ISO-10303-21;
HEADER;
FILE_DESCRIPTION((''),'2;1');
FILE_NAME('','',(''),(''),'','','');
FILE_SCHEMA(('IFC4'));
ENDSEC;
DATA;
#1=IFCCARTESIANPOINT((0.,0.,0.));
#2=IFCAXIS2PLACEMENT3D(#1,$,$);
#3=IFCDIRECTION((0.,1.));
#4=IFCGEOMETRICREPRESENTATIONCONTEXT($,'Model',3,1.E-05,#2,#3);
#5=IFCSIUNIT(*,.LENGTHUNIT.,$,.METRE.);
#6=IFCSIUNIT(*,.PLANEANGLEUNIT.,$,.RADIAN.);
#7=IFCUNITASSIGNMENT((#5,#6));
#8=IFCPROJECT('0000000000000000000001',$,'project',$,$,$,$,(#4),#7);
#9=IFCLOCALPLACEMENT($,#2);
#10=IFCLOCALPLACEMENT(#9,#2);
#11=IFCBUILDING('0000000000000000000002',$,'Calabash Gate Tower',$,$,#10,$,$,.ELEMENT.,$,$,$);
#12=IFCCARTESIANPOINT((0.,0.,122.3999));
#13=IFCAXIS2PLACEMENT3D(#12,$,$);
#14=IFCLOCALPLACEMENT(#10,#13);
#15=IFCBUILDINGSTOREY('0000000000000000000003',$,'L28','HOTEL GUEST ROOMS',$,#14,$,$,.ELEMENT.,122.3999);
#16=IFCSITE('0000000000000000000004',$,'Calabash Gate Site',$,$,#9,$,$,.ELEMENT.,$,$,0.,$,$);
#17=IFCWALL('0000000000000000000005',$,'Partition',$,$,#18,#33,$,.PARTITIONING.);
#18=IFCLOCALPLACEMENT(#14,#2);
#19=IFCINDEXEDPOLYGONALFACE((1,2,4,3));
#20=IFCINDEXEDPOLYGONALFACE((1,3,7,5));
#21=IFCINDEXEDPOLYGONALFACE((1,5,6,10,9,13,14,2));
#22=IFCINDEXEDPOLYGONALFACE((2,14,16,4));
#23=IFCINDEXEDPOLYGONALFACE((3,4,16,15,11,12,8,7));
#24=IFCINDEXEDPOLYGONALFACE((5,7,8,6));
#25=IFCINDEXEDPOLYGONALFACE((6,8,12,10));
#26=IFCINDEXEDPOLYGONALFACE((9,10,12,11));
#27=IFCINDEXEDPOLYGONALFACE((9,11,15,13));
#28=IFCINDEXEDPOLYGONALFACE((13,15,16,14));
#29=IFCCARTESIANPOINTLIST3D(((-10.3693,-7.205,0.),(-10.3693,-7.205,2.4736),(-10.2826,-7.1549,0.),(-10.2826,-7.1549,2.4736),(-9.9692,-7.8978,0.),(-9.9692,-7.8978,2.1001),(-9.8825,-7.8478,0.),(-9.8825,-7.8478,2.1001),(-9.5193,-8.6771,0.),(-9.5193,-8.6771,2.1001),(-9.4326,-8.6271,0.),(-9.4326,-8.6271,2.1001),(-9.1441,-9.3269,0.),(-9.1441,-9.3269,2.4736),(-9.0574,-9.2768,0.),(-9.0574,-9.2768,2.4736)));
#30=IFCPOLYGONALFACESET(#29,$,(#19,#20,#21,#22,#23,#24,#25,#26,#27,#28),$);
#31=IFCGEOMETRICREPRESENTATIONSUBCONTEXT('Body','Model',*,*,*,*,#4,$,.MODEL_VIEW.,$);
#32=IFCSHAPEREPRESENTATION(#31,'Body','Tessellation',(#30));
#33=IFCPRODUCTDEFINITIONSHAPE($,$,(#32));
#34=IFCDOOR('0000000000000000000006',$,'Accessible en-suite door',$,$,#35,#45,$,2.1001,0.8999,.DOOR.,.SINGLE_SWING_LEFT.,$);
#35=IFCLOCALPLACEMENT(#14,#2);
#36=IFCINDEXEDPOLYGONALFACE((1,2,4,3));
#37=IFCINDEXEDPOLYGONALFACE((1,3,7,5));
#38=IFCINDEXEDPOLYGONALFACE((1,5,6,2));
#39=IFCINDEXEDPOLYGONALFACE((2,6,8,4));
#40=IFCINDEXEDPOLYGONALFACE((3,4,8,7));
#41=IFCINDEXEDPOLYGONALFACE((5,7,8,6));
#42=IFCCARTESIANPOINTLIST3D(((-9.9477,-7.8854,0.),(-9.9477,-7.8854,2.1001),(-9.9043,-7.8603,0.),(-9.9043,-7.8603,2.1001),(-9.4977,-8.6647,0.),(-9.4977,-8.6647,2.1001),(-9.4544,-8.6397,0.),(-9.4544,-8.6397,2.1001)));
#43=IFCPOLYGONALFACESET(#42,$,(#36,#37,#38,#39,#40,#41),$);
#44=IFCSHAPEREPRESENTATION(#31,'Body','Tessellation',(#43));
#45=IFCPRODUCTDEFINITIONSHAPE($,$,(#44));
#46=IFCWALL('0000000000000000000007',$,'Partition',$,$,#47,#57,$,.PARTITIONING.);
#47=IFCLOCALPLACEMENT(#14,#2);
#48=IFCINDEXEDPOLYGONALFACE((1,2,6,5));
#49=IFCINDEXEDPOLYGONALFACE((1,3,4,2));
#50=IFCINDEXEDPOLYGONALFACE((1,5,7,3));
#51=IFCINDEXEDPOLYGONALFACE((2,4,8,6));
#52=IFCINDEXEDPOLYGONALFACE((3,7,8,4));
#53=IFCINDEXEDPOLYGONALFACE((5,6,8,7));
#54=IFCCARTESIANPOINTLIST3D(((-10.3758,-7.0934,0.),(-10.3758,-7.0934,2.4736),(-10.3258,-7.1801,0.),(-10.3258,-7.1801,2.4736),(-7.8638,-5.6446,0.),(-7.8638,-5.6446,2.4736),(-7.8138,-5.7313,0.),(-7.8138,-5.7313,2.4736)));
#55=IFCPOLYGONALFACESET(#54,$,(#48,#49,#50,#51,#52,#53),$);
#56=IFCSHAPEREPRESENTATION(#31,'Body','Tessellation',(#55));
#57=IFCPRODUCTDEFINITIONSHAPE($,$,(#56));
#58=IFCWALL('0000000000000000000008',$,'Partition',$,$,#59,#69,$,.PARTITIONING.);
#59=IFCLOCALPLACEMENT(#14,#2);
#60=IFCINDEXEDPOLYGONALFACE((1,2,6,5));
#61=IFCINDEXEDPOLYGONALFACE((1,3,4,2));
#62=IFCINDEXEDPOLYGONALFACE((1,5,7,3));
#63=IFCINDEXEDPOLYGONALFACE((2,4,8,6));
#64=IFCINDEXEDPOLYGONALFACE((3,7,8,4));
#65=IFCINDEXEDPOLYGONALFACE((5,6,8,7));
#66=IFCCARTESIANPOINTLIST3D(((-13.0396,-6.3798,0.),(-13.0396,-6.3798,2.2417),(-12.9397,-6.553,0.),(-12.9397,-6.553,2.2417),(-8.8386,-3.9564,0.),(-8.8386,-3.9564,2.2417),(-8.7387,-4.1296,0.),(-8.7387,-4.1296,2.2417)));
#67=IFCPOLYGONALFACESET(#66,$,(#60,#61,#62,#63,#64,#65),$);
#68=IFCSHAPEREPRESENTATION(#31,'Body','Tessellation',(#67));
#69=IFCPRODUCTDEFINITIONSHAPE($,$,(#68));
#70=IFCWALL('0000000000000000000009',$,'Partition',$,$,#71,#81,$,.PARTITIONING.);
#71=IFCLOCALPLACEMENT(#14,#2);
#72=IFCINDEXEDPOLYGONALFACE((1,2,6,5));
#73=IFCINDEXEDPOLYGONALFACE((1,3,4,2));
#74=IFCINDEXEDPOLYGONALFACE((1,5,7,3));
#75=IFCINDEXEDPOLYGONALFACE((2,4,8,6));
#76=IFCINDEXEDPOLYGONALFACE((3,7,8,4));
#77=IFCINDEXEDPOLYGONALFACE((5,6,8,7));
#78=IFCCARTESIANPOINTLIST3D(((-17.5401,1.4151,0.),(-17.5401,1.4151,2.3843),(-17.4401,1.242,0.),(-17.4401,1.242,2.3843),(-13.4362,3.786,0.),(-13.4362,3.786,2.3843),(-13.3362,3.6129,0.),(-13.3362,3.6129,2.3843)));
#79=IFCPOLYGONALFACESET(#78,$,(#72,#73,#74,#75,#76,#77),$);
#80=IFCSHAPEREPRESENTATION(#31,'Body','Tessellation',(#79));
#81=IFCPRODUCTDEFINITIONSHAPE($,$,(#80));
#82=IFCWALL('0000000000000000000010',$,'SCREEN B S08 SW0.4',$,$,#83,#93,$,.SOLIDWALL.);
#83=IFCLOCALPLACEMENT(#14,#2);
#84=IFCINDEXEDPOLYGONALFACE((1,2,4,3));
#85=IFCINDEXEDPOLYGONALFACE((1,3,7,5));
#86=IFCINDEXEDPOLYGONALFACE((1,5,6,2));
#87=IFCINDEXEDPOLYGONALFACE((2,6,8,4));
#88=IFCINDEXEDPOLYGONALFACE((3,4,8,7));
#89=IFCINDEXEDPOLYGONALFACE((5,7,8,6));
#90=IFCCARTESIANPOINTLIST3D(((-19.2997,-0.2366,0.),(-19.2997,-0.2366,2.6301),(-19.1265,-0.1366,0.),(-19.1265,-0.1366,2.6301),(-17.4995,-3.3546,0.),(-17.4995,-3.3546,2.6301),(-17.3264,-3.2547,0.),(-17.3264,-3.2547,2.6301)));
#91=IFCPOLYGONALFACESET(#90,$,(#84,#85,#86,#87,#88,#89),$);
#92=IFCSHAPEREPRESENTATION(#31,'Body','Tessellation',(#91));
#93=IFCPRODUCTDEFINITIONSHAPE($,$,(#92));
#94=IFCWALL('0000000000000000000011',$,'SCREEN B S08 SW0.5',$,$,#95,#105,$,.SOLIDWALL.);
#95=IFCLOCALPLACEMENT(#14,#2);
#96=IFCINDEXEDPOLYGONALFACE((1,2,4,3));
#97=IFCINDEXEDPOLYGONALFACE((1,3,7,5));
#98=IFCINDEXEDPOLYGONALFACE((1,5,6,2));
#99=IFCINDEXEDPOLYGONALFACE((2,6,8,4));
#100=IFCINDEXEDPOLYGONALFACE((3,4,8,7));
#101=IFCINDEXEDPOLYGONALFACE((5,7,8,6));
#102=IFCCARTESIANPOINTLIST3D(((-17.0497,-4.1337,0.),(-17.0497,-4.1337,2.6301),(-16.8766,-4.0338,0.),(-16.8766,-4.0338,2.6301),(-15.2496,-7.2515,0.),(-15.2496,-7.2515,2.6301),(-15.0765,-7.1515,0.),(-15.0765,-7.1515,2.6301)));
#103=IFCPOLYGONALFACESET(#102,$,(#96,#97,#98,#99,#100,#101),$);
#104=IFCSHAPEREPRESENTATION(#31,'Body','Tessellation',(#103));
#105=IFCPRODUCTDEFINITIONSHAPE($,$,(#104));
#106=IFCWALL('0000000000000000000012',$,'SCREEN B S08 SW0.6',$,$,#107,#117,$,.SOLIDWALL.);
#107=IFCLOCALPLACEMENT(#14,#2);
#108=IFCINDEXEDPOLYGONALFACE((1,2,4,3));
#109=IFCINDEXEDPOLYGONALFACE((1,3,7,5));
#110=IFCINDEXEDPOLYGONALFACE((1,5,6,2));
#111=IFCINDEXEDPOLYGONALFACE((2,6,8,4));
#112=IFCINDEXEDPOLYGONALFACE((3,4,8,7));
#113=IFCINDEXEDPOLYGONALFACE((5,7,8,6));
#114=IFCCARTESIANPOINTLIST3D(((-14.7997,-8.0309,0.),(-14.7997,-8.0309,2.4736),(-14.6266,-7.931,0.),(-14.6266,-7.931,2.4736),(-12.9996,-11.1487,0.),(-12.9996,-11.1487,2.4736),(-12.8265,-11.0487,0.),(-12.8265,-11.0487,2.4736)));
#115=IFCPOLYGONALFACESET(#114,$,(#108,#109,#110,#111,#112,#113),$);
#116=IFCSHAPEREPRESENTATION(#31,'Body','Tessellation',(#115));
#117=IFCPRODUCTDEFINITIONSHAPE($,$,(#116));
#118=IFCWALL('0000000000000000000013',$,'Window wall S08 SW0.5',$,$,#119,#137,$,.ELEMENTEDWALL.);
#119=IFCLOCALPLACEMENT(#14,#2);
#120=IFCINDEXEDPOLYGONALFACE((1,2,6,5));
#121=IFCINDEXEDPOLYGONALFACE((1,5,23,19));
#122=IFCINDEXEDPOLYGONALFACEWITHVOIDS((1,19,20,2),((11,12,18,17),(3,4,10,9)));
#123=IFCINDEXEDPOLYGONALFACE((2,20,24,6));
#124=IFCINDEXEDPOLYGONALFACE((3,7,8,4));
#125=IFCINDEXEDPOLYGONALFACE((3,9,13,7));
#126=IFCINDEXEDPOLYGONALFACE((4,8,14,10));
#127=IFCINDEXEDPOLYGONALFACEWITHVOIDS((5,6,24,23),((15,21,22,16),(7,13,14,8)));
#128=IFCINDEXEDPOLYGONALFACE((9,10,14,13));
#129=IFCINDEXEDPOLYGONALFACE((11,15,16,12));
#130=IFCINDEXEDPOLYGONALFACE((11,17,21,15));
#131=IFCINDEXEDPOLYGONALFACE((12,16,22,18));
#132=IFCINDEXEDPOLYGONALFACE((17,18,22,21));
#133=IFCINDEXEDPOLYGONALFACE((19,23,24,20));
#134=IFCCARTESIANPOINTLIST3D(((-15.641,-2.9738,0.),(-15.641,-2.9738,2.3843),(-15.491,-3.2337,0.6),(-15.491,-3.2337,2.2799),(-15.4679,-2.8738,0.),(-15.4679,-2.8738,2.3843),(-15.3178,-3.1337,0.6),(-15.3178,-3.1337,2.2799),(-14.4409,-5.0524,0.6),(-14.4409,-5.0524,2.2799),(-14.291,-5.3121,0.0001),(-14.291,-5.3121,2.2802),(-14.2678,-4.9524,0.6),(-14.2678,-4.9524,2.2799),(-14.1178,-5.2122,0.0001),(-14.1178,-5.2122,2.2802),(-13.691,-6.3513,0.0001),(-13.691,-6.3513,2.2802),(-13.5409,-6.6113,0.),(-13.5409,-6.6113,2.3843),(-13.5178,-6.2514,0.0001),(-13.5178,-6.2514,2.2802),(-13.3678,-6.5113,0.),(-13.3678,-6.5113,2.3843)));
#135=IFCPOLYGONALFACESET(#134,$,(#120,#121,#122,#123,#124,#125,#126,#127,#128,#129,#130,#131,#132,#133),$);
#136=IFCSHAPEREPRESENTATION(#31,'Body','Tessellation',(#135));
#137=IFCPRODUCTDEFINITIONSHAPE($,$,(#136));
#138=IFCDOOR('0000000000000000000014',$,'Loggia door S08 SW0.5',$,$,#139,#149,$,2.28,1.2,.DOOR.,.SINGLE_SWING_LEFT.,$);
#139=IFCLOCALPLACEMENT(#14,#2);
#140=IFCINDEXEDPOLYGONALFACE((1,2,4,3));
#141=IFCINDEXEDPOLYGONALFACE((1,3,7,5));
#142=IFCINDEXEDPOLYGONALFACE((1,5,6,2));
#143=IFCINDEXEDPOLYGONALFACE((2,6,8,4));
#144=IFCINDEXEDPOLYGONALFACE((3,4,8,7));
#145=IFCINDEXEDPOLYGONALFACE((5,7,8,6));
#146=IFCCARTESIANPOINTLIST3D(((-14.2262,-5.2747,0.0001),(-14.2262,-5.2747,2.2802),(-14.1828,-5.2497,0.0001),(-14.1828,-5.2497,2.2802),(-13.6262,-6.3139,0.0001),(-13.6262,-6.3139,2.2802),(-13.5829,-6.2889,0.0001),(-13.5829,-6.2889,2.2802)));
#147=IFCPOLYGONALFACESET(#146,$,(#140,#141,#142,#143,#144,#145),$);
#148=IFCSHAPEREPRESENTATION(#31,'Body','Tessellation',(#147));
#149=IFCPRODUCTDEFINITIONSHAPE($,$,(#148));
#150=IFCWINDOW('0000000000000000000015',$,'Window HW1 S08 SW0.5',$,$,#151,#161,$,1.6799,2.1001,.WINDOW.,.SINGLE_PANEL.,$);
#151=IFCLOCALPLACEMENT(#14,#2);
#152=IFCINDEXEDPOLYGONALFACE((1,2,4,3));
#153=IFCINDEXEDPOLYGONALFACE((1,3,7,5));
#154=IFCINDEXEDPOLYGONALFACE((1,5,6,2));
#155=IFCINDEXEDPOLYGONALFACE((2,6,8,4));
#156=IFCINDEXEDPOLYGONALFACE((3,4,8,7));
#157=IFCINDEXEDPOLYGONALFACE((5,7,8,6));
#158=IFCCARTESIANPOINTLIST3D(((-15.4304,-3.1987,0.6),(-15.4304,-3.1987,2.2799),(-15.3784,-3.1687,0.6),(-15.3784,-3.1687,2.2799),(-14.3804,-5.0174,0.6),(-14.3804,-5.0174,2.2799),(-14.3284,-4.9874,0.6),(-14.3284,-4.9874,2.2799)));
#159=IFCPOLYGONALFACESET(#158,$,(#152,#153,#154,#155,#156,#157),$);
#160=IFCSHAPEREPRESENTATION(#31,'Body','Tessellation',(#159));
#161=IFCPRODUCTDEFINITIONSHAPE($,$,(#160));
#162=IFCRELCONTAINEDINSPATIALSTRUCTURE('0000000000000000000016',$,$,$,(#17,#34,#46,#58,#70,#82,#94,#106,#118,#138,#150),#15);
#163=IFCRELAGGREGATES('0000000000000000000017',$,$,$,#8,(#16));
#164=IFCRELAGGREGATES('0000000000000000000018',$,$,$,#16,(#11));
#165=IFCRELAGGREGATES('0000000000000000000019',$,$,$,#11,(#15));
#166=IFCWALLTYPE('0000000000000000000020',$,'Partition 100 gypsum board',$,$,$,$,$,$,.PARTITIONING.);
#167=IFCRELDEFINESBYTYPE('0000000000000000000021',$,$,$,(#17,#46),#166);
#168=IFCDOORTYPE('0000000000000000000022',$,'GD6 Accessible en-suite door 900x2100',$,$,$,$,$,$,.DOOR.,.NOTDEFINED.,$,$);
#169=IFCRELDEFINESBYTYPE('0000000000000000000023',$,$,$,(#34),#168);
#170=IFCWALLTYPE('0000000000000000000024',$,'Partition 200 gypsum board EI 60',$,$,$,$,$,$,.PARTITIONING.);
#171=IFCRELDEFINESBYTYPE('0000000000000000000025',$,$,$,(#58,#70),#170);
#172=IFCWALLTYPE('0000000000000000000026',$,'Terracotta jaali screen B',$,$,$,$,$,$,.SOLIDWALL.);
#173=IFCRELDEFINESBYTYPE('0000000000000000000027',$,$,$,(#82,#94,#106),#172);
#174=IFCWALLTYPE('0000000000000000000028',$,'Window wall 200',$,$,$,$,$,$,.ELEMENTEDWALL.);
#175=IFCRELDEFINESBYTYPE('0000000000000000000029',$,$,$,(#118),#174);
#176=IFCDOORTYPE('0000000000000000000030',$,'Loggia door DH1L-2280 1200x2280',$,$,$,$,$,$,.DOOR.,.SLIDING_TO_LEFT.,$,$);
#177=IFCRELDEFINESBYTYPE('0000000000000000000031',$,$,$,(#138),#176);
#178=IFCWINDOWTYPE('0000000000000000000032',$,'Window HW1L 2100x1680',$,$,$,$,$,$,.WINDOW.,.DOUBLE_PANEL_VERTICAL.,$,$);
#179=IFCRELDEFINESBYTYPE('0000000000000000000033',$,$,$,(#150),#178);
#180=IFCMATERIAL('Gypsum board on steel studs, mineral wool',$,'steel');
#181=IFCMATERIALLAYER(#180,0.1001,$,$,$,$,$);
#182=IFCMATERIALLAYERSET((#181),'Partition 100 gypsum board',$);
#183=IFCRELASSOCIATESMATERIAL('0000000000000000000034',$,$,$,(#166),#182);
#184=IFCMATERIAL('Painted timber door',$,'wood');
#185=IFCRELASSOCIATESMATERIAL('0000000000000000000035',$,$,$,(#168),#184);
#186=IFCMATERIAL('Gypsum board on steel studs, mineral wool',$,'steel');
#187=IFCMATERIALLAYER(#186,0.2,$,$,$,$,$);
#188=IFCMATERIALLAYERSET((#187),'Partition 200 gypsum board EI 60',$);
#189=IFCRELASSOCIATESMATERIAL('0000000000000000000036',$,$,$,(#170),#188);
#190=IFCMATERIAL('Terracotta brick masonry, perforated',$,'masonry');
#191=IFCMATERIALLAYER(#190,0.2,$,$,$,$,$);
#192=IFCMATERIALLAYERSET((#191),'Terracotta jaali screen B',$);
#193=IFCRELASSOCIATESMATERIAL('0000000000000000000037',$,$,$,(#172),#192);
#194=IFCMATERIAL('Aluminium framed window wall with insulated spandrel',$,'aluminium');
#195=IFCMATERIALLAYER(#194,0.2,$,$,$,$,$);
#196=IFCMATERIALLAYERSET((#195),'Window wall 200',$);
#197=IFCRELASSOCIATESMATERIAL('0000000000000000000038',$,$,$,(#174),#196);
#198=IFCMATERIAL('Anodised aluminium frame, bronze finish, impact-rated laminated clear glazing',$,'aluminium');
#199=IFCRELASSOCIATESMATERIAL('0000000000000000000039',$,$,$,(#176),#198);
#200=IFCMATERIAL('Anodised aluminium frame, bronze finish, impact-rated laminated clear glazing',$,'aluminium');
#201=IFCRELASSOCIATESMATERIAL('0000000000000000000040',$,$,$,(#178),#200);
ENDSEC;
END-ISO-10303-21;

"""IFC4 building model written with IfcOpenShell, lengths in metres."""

from ifc_helpers import new_model, si_unit, direction, frame, frame_2d, origin, place, context, subcontext, project, spatial, rectangle, extrude, material, layer, layer_set, type_object, element, fill, save


model = new_model("IFC4")

# Units and contexts
model_context = context("Model", 3, precision=1e-05, world=origin(), true_north=direction((0.0, 1.0)))
body_context = subcontext(model_context, "Body", "Model", "MODEL_VIEW")
ifc_project = project(units=[si_unit("LENGTHUNIT", "METRE"), si_unit("PLANEANGLEUNIT", "RADIAN")], contexts=[model_context])

# Site, building, storey
site_placement = place(None, origin())
site = spatial("IfcSite", under=ifc_project, at=site_placement, Name="Calabash Gate Site", CompositionType="ELEMENT", RefElevation=0.0)
building_placement = place(site_placement, origin())
building = spatial("IfcBuilding", under=site, at=building_placement, Name="Calabash Gate Tower", CompositionType="ELEMENT")
storey_placement = place(building_placement, frame((0.0, 0.0, 122.3999)))
storey = spatial("IfcBuildingStorey", under=building, at=storey_placement, Name="L28", Description="HOTEL GUEST ROOMS", CompositionType="ELEMENT", Elevation=122.3999)

# Wall, opening, door
ifc_material_1 = material(Name="Gypsum board on steel studs, mineral wool", Category="steel")
ifc_layer_1 = layer(ifc_material_1, 0.1001)
ifc_layer_set_1 = layer_set([ifc_layer_1], Name="Partition 100 gypsum board")
wall_type_1 = type_object("IfcWallType", Name="Partition 100 gypsum board", PredefinedType="PARTITIONING", material=ifc_layer_set_1)
wall_1_placement = place(storey_placement, frame((-10.3259, -7.1799, 0.0), z_axis=(0.0, 0.0, 1.0), x_axis=(0.500019, -0.866015, 0.0)))
wall_1 = element("IfcWall", 1, at=wall_1_placement, inside=storey, type_object=wall_type_1, Name="Partition", PredefinedType="PARTITIONING", context=body_context, shape_type="SweptSolid", body=[
    extrude(rectangle(XDim=2.4502, YDim=0.1001, at=frame_2d((1.2251, 0.0))), origin(), (0.0, 0.0, 1.0), 2.4736),
])
opening_1_placement = place(wall_1_placement, frame((0.8, 0.0, 0.0)))
opening_1 = element("IfcOpeningElement", 2, at=opening_1_placement, cuts=wall_1, PredefinedType="OPENING", context=body_context, shape_type="SweptSolid", body=[
    extrude(rectangle(XDim=0.8999, YDim=2.1001, at=frame_2d((0.45, 1.05))), frame((0.0, 0.0601, 0.0), z_axis=(0.0, -1.0, 0.0), x_axis=(1.0, 0.0, 0.0)), (0.0, 0.0, 1.0), 0.1201),
])
ifc_material_2 = material(Name="Painted timber door", Category="wood")
door_type_1 = type_object("IfcDoorType", Name="GD6 Accessible en-suite door 900x2100", OperationType="NOTDEFINED", PredefinedType="DOOR", material=ifc_material_2)
door_1_placement = place(opening_1_placement, origin())
door_1 = element("IfcDoor", 3, at=door_1_placement, inside=storey, type_object=door_type_1, Name="Accessible en-suite door", OperationType="SINGLE_SWING_LEFT", OverallHeight=2.1001, OverallWidth=0.8999, PredefinedType="DOOR", context=body_context, shape_type="SweptSolid", body=[
    extrude(rectangle(XDim=0.8999, YDim=2.1001, at=frame_2d((0.45, 1.05))), frame((0.0, 0.0249, 0.0), z_axis=(0.0, -1.0, 0.0), x_axis=(1.0, 0.0, 0.0)), (0.0, 0.0, 1.0), 0.05),
])
fill(opening_1, door_1)

# Walls
wall_2_placement = place(storey_placement, frame((-10.3508, -7.1367, 0.0), z_axis=(0.0, 0.0, 1.0), x_axis=(0.866257, 0.499599, 0.0)))
element("IfcWall", 4, at=wall_2_placement, inside=storey, type_object=wall_type_1, Name="Partition", PredefinedType="PARTITIONING", context=body_context, shape_type="SweptSolid", body=[
    extrude(rectangle(XDim=2.8999, YDim=0.1001, at=frame_2d((1.45, 0.0))), origin(), (0.0, 0.0, 1.0), 2.4736),
])
ifc_material_3 = material(Name="Gypsum board on steel studs, mineral wool", Category="steel")
ifc_layer_2 = layer(ifc_material_3, 0.2)
ifc_layer_set_2 = layer_set([ifc_layer_2], Name="Partition 200 gypsum board EI 60")
wall_type_2 = type_object("IfcWallType", Name="Partition 200 gypsum board EI 60", PredefinedType="PARTITIONING", material=ifc_layer_set_2)
wall_3_placement = place(storey_placement, frame((-12.9895, -6.4663, 0.0), z_axis=(0.0, 0.0, 1.0), x_axis=(0.86621, 0.49968, 0.0)))
element("IfcWall", 5, at=wall_3_placement, inside=storey, type_object=wall_type_2, Name="Partition", PredefinedType="PARTITIONING", context=body_context, shape_type="SweptSolid", body=[
    extrude(rectangle(XDim=4.8499, YDim=0.2, at=frame_2d((2.4248, 0.0))), origin(), (0.0, 0.0, 1.0), 2.2417),
])
wall_4_placement = place(storey_placement, frame((-17.49, 1.3286, 0.0), z_axis=(0.0, 0.0, 1.0), x_axis=(0.865884, 0.500244, 0.0)))
element("IfcWall", 6, at=wall_4_placement, inside=storey, type_object=wall_type_2, Name="Partition", PredefinedType="PARTITIONING", context=body_context, shape_type="SweptSolid", body=[
    extrude(rectangle(XDim=4.7395, YDim=0.2, at=frame_2d((2.3696, 0.0))), origin(), (0.0, 0.0, 1.0), 2.3843),
])
ifc_material_4 = material(Name="Terracotta brick masonry, perforated", Category="masonry")
ifc_layer_3 = layer(ifc_material_4, 0.2)
ifc_layer_set_3 = layer_set([ifc_layer_3], Name="Terracotta jaali screen B")
wall_type_3 = type_object("IfcWallType", Name="Terracotta jaali screen B", PredefinedType="SOLIDWALL", material=ifc_layer_set_3)
wall_5_placement = place(storey_placement, frame((-19.2131, -0.1865, 0.0), z_axis=(0.0, 0.0, 1.0), x_axis=(0.499983, -0.866035, 0.0)))
element("IfcWall", 7, at=wall_5_placement, inside=storey, type_object=wall_type_3, Name="SCREEN B S08 SW0.4", PredefinedType="SOLIDWALL", context=body_context, shape_type="SweptSolid", body=[
    extrude(rectangle(XDim=3.6003, YDim=0.2, at=frame_2d((1.8003, 0.0))), origin(), (0.0, 0.0, 1.0), 2.6301),
])
wall_6_placement = place(storey_placement, frame((-16.9631, -4.0837, 0.0), z_axis=(0.0, 0.0, 1.0), x_axis=(0.500012, -0.866018, 0.0)))
element("IfcWall", 8, at=wall_6_placement, inside=storey, type_object=wall_type_3, Name="SCREEN B S08 SW0.5", PredefinedType="SOLIDWALL", context=body_context, shape_type="SweptSolid", body=[
    extrude(rectangle(XDim=3.6001, YDim=0.2, at=frame_2d((1.8, 0.0))), origin(), (0.0, 0.0, 1.0), 2.6301),
])
wall_7_placement = place(storey_placement, frame((-14.7131, -7.981, 0.0), z_axis=(0.0, 0.0, 1.0), x_axis=(0.500012, -0.866018, 0.0)))
element("IfcWall", 9, at=wall_7_placement, inside=storey, type_object=wall_type_3, Name="SCREEN B S08 SW0.6", PredefinedType="SOLIDWALL", context=body_context, shape_type="SweptSolid", body=[
    extrude(rectangle(XDim=3.6001, YDim=0.2, at=frame_2d((1.8, 0.0))), origin(), (0.0, 0.0, 1.0), 2.4736),
])

# Wall, openings, door, window
ifc_material_5 = material(Name="Aluminium framed window wall with insulated spandrel", Category="aluminium")
ifc_layer_4 = layer(ifc_material_5, 0.2)
ifc_layer_set_4 = layer_set([ifc_layer_4], Name="Window wall 200")
wall_type_4 = type_object("IfcWallType", Name="Window wall 200", PredefinedType="ELEMENTEDWALL", material=ifc_layer_set_4)
wall_8_placement = place(storey_placement, frame((-15.5544, -2.9238, 0.0), z_axis=(0.0, 0.0, 1.0), x_axis=(0.500003, -0.866024, 0.0)))
wall_8 = element("IfcWall", 10, at=wall_8_placement, inside=storey, type_object=wall_type_4, Name="Window wall S08 SW0.5", PredefinedType="ELEMENTEDWALL", context=body_context, shape_type="SweptSolid", body=[
    extrude(rectangle(XDim=4.2002, YDim=0.2, at=frame_2d((2.1001, 0.0))), origin(), (0.0, 0.0, 1.0), 2.3843),
])
opening_2_placement = place(wall_8_placement, frame((0.3, 0.0, 0.6001)))
opening_2 = element("IfcOpeningElement", 11, at=opening_2_placement, cuts=wall_8, PredefinedType="OPENING", context=body_context, shape_type="SweptSolid", body=[
    extrude(rectangle(XDim=2.1001, YDim=1.6799, at=frame_2d((1.05, 0.8398))), frame((0.0, 0.1099, 0.0), z_axis=(0.0, -1.0, 0.0), x_axis=(1.0, 0.0, 0.0)), (0.0, 0.0, 1.0), 0.22),
])
opening_3_placement = place(wall_8_placement, frame((2.7, 0.0, 0.0)))
opening_3 = element("IfcOpeningElement", 12, at=opening_3_placement, cuts=wall_8, PredefinedType="OPENING", context=body_context, shape_type="SweptSolid", body=[
    extrude(rectangle(XDim=1.2, YDim=2.28, at=frame_2d((0.6001, 1.1401))), frame((0.0, 0.1099, 0.0), z_axis=(0.0, -1.0, 0.0), x_axis=(1.0, 0.0, 0.0)), (0.0, 0.0, 1.0), 0.22),
])
ifc_material_6 = material(Name="Anodised aluminium frame, bronze finish, impact-rated laminated clear glazing", Category="aluminium")
door_type_2 = type_object("IfcDoorType", Name="Loggia door DH1L-2280 1200x2280", OperationType="SLIDING_TO_LEFT", PredefinedType="DOOR", material=ifc_material_6)
door_2_placement = place(opening_3_placement, origin())
door_2 = element("IfcDoor", 13, at=door_2_placement, inside=storey, type_object=door_type_2, Name="Loggia door S08 SW0.5", OperationType="SINGLE_SWING_LEFT", OverallHeight=2.28, OverallWidth=1.2, PredefinedType="DOOR", context=body_context, shape_type="SweptSolid", body=[
    extrude(rectangle(XDim=1.2, YDim=2.28, at=frame_2d((0.6001, 1.1401))), frame((0.0, 0.0249, 0.0), z_axis=(0.0, -1.0, 0.0), x_axis=(1.0, 0.0, 0.0)), (0.0, 0.0, 1.0), 0.05),
])
fill(opening_3, door_2)
ifc_material_7 = material(Name="Anodised aluminium frame, bronze finish, impact-rated laminated clear glazing", Category="aluminium")
window_type_1 = type_object("IfcWindowType", Name="Window HW1L 2100x1680", PartitioningType="DOUBLE_PANEL_VERTICAL", PredefinedType="WINDOW", material=ifc_material_7)
window_1_placement = place(opening_2_placement, origin())
window_1 = element("IfcWindow", 14, at=window_1_placement, inside=storey, type_object=window_type_1, Name="Window HW1 S08 SW0.5", OverallHeight=1.6799, OverallWidth=2.1001, PartitioningType="SINGLE_PANEL", PredefinedType="WINDOW", context=body_context, shape_type="SweptSolid", body=[
    extrude(rectangle(XDim=2.1001, YDim=1.6799, at=frame_2d((1.05, 0.8398))), frame((0.0, 0.03, 0.0), z_axis=(0.0, -1.0, 0.0), x_axis=(1.0, 0.0, 0.0)), (0.0, 0.0, 1.0), 0.0601),
])
fill(opening_2, window_1)

save(model, "model.ifc")
